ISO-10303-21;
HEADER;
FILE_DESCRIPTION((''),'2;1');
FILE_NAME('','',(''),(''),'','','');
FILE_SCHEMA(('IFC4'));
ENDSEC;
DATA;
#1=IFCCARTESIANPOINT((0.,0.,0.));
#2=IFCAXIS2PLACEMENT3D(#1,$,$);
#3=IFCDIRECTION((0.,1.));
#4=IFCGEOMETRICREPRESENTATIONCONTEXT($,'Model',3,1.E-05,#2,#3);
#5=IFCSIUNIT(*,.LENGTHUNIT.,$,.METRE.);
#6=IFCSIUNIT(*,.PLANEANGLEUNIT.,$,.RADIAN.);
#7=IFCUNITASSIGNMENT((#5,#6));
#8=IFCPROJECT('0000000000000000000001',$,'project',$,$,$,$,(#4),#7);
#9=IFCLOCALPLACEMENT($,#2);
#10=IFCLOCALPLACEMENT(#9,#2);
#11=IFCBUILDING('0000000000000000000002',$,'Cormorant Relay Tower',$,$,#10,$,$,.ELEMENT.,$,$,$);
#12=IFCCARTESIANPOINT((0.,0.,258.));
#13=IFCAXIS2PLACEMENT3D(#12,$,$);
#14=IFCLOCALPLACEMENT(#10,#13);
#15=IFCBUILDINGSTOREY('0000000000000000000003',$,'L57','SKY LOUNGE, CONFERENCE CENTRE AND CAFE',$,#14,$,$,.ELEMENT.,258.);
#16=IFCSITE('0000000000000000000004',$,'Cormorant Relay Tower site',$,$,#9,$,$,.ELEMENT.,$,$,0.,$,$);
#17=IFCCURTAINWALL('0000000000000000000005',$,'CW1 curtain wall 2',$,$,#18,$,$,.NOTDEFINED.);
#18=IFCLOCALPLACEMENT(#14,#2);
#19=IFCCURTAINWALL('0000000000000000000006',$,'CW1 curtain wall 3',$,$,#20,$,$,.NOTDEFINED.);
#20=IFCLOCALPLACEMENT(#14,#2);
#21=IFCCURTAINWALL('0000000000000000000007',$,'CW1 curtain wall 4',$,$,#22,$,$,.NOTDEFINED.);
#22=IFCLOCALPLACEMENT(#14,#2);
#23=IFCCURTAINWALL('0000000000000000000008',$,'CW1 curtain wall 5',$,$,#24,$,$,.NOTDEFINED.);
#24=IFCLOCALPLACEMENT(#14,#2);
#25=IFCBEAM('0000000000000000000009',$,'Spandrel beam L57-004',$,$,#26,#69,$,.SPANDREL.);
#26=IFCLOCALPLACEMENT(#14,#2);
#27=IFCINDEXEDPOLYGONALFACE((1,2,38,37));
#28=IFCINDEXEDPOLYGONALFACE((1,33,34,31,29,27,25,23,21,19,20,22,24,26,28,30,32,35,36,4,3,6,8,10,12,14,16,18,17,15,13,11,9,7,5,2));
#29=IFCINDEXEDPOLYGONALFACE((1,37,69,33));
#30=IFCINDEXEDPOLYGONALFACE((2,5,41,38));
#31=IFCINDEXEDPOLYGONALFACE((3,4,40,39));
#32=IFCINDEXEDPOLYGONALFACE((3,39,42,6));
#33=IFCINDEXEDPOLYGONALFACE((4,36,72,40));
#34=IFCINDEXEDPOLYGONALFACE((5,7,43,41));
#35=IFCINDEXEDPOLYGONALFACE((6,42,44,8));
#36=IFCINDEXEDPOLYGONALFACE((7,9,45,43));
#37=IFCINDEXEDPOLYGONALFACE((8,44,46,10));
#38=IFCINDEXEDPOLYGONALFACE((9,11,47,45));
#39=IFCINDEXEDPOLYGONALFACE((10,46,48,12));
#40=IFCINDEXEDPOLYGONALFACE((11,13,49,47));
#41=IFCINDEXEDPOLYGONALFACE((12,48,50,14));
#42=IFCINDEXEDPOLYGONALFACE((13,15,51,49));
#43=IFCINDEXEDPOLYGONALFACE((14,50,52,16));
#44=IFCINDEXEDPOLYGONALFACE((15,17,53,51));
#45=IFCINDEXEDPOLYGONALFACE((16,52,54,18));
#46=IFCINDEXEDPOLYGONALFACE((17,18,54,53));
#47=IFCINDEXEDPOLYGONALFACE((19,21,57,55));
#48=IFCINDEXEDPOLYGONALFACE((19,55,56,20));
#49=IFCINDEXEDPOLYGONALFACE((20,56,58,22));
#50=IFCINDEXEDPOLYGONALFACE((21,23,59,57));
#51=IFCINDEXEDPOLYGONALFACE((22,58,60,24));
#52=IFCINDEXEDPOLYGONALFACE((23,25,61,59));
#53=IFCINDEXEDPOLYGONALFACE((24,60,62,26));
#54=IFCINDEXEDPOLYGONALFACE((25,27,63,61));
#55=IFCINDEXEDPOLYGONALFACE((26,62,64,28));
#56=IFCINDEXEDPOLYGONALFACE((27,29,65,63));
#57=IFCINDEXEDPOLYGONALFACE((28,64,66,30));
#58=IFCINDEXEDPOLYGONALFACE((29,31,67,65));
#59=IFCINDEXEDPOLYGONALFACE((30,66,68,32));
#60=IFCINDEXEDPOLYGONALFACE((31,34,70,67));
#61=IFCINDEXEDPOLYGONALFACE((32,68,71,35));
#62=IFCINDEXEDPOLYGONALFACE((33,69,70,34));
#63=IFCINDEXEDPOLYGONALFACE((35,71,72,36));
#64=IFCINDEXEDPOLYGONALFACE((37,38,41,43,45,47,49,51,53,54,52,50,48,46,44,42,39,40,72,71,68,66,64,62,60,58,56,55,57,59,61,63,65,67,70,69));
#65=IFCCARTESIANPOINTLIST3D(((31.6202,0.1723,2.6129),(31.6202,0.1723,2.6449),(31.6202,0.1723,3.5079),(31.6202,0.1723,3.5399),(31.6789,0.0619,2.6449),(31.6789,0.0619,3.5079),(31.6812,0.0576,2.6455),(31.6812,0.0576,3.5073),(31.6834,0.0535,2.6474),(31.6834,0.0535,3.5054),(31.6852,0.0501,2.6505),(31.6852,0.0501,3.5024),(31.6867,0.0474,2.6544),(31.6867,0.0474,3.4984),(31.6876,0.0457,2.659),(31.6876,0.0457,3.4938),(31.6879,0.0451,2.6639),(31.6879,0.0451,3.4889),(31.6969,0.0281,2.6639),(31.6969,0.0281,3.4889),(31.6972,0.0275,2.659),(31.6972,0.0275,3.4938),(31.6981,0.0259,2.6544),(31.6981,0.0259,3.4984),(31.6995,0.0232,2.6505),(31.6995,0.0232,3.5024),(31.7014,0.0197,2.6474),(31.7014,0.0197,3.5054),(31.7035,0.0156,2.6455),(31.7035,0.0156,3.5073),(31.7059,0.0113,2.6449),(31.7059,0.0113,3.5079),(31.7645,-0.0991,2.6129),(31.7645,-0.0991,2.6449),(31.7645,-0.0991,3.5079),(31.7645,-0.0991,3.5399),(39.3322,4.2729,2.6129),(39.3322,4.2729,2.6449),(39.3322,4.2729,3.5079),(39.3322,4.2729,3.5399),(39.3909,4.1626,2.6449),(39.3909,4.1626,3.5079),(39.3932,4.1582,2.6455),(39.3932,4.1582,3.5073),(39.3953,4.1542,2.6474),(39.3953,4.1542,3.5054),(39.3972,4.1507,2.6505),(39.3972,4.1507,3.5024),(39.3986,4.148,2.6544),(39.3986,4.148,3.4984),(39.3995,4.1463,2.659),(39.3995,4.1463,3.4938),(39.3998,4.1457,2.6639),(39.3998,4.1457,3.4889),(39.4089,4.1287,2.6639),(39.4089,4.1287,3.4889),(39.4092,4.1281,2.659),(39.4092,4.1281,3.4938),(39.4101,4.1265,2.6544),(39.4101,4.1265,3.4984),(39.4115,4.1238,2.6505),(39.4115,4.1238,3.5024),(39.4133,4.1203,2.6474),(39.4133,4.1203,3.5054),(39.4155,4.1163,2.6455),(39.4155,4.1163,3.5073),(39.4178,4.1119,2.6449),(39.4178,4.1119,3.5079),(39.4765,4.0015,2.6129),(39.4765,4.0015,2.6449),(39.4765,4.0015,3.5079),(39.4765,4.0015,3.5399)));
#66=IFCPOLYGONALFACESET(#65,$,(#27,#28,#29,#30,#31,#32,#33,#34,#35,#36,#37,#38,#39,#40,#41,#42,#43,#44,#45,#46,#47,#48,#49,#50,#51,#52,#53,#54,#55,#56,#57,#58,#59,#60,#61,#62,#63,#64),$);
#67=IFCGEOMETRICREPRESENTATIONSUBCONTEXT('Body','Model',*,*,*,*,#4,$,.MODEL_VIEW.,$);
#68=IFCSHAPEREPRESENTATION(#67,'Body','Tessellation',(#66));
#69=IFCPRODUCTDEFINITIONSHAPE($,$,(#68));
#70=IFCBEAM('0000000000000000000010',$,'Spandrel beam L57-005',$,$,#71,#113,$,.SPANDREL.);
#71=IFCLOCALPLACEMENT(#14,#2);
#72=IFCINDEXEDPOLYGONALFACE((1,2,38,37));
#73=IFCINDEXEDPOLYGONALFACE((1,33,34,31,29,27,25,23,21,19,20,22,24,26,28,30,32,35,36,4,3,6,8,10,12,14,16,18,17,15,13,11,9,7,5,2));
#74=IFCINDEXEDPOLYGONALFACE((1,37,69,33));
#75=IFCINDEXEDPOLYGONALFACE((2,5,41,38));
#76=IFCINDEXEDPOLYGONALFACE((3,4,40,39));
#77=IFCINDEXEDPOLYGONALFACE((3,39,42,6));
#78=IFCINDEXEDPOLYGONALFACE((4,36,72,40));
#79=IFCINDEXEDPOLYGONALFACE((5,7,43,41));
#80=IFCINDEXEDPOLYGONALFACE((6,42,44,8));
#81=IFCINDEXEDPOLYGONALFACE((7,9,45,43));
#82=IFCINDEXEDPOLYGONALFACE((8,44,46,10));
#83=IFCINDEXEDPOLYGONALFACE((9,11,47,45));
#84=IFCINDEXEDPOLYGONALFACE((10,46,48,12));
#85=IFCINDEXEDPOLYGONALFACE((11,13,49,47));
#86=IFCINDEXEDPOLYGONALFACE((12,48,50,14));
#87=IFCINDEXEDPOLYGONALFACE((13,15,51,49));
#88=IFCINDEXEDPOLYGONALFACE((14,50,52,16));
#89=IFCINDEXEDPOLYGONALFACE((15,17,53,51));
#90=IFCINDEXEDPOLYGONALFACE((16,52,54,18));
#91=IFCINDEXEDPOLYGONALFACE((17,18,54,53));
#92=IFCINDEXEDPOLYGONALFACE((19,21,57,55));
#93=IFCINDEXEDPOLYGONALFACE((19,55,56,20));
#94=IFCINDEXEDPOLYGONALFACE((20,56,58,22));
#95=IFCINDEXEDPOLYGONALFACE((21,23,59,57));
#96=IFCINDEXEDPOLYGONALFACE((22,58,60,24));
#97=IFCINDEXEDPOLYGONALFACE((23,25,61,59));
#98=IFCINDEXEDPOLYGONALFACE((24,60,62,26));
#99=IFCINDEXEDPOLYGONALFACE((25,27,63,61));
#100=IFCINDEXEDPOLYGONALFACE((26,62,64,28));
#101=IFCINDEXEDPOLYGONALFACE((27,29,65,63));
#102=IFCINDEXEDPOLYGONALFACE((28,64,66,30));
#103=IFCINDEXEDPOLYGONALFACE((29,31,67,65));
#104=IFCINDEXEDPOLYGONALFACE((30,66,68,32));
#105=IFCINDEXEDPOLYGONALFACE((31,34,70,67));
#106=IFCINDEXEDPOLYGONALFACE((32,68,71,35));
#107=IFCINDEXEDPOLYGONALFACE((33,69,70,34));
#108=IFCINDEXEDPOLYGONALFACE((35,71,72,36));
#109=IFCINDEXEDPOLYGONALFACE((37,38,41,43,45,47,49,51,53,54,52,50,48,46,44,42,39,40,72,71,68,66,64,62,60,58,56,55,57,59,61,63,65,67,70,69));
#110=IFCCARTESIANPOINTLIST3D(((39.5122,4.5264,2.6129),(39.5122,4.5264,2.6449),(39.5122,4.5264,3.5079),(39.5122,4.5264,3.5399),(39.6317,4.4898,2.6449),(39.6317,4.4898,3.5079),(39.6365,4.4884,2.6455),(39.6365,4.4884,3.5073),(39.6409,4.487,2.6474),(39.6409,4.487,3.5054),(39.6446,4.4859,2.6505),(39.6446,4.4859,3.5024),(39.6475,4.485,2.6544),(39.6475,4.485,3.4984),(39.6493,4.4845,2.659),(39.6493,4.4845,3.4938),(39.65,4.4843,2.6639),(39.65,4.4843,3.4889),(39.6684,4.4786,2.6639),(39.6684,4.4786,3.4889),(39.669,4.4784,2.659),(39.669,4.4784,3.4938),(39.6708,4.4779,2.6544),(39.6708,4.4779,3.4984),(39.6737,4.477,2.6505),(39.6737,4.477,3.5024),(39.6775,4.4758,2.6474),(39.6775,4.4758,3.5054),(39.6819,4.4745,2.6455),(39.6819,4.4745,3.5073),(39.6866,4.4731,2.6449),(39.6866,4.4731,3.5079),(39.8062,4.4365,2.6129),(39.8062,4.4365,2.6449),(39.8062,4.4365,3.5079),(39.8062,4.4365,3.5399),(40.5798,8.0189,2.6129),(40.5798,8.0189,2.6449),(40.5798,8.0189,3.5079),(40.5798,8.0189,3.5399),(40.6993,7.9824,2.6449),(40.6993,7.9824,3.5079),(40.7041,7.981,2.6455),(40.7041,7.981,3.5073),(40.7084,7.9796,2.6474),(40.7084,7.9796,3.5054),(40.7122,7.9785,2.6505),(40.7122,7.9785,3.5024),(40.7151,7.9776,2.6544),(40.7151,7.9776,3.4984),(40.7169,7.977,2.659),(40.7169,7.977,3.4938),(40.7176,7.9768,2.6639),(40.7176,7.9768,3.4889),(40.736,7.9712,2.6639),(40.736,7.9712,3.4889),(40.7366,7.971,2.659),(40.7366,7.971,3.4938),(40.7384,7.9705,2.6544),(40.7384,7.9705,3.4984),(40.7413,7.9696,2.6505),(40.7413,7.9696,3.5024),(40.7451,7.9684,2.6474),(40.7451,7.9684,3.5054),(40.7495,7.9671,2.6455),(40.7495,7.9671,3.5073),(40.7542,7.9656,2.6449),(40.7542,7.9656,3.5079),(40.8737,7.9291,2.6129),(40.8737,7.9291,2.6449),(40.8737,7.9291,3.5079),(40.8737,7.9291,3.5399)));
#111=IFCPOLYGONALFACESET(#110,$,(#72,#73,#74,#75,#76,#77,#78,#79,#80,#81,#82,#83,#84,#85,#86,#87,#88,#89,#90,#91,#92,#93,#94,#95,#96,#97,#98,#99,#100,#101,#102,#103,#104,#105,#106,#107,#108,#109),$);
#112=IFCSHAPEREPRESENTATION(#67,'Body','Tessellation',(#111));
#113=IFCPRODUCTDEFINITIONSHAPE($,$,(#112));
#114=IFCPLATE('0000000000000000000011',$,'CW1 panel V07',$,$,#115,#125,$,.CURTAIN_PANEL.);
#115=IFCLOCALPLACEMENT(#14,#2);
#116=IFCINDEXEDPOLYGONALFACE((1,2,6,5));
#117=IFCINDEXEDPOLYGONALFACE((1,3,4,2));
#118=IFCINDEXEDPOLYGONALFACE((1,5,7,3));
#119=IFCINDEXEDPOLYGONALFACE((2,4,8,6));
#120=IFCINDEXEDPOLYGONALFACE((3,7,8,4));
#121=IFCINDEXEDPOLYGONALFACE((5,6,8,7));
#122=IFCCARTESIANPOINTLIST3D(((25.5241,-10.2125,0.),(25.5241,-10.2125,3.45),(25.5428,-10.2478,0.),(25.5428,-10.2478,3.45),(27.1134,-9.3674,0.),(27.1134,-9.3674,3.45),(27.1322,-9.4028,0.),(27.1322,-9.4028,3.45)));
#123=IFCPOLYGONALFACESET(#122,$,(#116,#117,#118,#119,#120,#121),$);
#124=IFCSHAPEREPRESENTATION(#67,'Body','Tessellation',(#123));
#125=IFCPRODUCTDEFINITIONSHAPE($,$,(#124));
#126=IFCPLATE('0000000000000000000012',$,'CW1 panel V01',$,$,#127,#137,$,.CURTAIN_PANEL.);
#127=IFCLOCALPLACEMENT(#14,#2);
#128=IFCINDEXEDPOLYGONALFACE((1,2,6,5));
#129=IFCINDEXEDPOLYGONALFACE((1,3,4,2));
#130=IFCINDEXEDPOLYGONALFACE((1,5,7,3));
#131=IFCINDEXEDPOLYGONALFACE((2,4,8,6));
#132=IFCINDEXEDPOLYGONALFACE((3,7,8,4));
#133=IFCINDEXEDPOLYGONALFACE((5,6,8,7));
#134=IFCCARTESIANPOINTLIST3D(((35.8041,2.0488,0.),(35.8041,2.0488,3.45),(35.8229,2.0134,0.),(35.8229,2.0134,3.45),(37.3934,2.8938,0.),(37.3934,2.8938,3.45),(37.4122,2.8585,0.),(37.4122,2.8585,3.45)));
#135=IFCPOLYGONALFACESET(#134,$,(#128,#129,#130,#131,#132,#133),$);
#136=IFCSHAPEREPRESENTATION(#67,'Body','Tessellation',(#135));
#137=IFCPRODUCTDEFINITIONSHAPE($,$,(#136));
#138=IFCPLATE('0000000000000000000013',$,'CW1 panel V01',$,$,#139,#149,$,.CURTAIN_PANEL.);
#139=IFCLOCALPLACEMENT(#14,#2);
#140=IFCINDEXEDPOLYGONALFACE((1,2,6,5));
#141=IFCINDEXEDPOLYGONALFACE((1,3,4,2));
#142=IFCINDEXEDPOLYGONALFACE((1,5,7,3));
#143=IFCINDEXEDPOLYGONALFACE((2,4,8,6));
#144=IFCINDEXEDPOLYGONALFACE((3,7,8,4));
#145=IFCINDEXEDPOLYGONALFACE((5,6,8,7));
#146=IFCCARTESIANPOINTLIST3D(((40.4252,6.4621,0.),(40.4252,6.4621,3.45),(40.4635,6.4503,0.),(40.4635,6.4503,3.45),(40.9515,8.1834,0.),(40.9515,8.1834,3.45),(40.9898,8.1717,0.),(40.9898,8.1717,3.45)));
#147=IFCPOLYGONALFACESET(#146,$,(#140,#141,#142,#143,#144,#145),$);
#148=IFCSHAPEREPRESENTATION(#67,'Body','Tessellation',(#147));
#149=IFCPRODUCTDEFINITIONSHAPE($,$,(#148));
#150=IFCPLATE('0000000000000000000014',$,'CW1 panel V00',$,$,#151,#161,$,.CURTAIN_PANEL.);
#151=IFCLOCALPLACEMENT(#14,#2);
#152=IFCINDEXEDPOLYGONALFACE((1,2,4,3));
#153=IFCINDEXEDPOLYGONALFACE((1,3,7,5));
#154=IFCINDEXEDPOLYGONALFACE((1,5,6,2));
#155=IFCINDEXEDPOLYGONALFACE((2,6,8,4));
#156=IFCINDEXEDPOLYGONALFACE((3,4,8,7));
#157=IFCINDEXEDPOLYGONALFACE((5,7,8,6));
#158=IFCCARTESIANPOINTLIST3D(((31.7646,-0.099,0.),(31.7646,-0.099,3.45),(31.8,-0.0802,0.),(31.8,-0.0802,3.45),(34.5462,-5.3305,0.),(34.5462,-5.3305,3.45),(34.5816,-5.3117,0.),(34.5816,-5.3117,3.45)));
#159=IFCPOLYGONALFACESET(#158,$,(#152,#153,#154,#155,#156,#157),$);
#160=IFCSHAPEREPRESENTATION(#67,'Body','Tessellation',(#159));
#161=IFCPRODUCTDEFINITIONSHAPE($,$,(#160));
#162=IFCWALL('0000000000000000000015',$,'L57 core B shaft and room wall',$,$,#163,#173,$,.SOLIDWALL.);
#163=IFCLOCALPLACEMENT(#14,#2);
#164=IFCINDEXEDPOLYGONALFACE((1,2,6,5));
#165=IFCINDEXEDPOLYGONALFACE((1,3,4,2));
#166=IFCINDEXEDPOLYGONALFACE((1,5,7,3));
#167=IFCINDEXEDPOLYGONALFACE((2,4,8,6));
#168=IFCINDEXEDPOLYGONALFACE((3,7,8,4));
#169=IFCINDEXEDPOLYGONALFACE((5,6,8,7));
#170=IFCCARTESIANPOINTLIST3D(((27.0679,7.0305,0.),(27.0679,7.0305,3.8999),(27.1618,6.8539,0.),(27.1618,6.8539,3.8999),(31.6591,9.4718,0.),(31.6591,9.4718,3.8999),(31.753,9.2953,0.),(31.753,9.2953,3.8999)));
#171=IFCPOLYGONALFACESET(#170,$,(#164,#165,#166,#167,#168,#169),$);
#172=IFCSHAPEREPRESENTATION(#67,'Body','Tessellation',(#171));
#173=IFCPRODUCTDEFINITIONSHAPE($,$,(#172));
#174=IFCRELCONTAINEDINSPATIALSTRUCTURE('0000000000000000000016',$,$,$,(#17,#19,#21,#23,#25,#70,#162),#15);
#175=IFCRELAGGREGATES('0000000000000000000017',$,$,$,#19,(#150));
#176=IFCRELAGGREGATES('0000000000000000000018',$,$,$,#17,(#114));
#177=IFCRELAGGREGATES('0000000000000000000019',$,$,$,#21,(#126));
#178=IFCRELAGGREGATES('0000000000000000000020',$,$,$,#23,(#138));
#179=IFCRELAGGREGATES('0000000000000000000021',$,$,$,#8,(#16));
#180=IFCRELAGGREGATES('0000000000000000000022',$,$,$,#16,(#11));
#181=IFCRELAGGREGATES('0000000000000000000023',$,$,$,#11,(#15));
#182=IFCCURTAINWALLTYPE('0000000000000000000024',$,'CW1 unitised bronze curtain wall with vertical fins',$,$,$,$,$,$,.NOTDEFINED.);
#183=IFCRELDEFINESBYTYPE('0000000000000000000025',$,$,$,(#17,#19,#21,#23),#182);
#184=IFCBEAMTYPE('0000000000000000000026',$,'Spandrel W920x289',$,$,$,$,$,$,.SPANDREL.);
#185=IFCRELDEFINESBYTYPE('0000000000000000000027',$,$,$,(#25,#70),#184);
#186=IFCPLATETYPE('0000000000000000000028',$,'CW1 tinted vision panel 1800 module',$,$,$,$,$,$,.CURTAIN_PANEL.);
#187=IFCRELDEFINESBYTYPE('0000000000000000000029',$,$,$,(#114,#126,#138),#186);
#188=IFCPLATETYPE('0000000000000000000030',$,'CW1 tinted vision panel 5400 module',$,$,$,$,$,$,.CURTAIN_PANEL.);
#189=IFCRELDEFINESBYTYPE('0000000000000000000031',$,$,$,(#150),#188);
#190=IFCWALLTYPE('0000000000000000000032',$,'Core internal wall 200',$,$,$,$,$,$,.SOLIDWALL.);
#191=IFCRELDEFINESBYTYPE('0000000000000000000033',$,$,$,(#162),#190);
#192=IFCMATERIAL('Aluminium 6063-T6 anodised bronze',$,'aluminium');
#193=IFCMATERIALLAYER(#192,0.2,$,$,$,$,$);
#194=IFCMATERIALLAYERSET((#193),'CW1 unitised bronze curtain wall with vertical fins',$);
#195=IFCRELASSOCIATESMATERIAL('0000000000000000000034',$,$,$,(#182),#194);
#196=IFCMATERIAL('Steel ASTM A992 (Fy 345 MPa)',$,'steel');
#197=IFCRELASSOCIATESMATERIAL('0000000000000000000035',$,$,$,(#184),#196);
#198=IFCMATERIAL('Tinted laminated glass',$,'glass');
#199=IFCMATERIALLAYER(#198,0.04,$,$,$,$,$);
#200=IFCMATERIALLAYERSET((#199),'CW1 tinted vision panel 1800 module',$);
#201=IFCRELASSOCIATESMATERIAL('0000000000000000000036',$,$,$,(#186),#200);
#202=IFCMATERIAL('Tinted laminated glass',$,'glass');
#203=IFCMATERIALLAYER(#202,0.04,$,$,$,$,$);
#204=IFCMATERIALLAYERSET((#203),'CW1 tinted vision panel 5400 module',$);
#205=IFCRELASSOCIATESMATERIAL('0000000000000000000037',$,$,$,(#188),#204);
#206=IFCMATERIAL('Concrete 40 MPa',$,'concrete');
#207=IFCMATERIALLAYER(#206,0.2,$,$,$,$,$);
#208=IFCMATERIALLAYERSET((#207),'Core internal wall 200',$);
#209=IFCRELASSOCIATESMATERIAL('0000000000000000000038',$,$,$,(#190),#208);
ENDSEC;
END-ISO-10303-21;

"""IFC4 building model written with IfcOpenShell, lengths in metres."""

from ifc_helpers import new_model, si_unit, direction, frame, frame_2d, origin, origin_2d, place, context, subcontext, project, spatial, rectangle, i_section, extrude, material, layer, layer_set, material_profile, profile_set, type_object, element, aggregate, save


model = new_model("IFC4")

# Units and contexts
model_context = context("Model", 3, precision=1e-05, world=origin(), true_north=direction((0.0, 1.0)))
body_context = subcontext(model_context, "Body", "Model", "MODEL_VIEW")
ifc_project = project(units=[si_unit("LENGTHUNIT", "METRE"), si_unit("PLANEANGLEUNIT", "RADIAN")], contexts=[model_context])

# Site, building, storey
site_placement = place(None, origin())
site = spatial("IfcSite", under=ifc_project, at=site_placement, Name="Cormorant Relay Tower site", CompositionType="ELEMENT", RefElevation=0.0)
building_placement = place(site_placement, origin())
building = spatial("IfcBuilding", under=site, at=building_placement, Name="Cormorant Relay Tower", CompositionType="ELEMENT")
storey_placement = place(building_placement, frame((0.0, 0.0, 258.0)))
storey = spatial("IfcBuildingStorey", under=building, at=storey_placement, Name="L57", Description="SKY LOUNGE, CONFERENCE CENTRE AND CAFE", CompositionType="ELEMENT", Elevation=258.0)

# Curtain walls
ifc_material_1 = material(Name="Aluminium 6063-T6 anodised bronze", Category="aluminium")
ifc_layer_1 = layer(ifc_material_1, 0.2)
ifc_layer_set_1 = layer_set([ifc_layer_1], Name="CW1 unitised bronze curtain wall with vertical fins")
curtain_wall_type = type_object("IfcCurtainWallType", Name="CW1 unitised bronze curtain wall with vertical fins", PredefinedType="NOTDEFINED", material=ifc_layer_set_1)
curtain_wall_1_placement = place(storey_placement, origin())
curtain_wall_1 = element("IfcCurtainWall", 1, at=curtain_wall_1_placement, inside=storey, type_object=curtain_wall_type, Name="CW1 curtain wall 2", PredefinedType="NOTDEFINED")
curtain_wall_2_placement = place(storey_placement, origin())
curtain_wall_2 = element("IfcCurtainWall", 2, at=curtain_wall_2_placement, inside=storey, type_object=curtain_wall_type, Name="CW1 curtain wall 3", PredefinedType="NOTDEFINED")

# Curtain wall
curtain_wall_3_placement = place(storey_placement, origin())
curtain_wall_3 = element("IfcCurtainWall", 3, at=curtain_wall_3_placement, inside=storey, type_object=curtain_wall_type, Name="CW1 curtain wall 4", PredefinedType="NOTDEFINED")

# Curtain wall
curtain_wall_4_placement = place(storey_placement, origin())
curtain_wall_4 = element("IfcCurtainWall", 4, at=curtain_wall_4_placement, inside=storey, type_object=curtain_wall_type, Name="CW1 curtain wall 5", PredefinedType="NOTDEFINED")

# Beams
ifc_material_2 = material(Name="Steel ASTM A992 (Fy 345 MPa)", Category="steel")
ifc_material_profile_1 = material_profile(ifc_material_2, i_section(OverallWidth=0.3074, OverallDepth=0.927, WebThickness=0.0193, FlangeThickness=0.032, FilletRadius=0.019, at=origin_2d()), Name="W920x289")
ifc_profile_set_1 = profile_set([ifc_material_profile_1], Name="Steel ASTM A992 (Fy 345 MPa)")
beam_type = type_object("IfcBeamType", Name="Spandrel W920x289", PredefinedType="SPANDREL", material=ifc_profile_set_1)
beam_1_placement = place(storey_placement, frame((31.6924, 0.0366, 3.0764), z_axis=(0.882943, 0.469479, 0.0), x_axis=(-0.469479, 0.882943, 0.0)))
element("IfcBeam", 5, at=beam_1_placement, inside=storey, type_object=beam_type, Name="Spandrel beam L57-004", PredefinedType="SPANDREL", context=body_context, shape_type="SweptSolid", body=[
    extrude(i_section(OverallWidth=0.3074, OverallDepth=0.927, WebThickness=0.0193, FlangeThickness=0.032, FilletRadius=0.019, at=origin_2d()), origin(), (0.0, 0.0, 1.0), 8.7344),
])
beam_2_placement = place(storey_placement, frame((39.6592, 4.4814, 3.0764), z_axis=(0.292324, 0.956319, 0.0), x_axis=(-0.956319, 0.292324, 0.0)))
element("IfcBeam", 6, at=beam_2_placement, inside=storey, type_object=beam_type, Name="Spandrel beam L57-005", PredefinedType="SPANDREL", context=body_context, shape_type="SweptSolid", body=[
    extrude(i_section(OverallWidth=0.3074, OverallDepth=0.927, WebThickness=0.0193, FlangeThickness=0.032, FilletRadius=0.019, at=origin_2d()), origin(), (0.0, 0.0, 1.0), 3.6521),
])

# Plates
ifc_material_3 = material(Name="Tinted laminated glass", Category="glass")
ifc_layer_2 = layer(ifc_material_3, 0.04)
ifc_layer_set_2 = layer_set([ifc_layer_2], Name="CW1 tinted vision panel 1800 module")
plate_type_1 = type_object("IfcPlateType", Name="CW1 tinted vision panel 1800 module", PredefinedType="CURTAIN_PANEL", material=ifc_layer_set_2)
plate_1_placement = place(storey_placement, frame((26.3281, -9.8076, 0.0), z_axis=(0.0, 0.0, 1.0), x_axis=(0.882948, 0.469472, 0.0)))
plate_1 = element("IfcPlate", 7, at=plate_1_placement, type_object=plate_type_1, Name="CW1 panel V07", PredefinedType="CURTAIN_PANEL", context=body_context, shape_type="SweptSolid", body=[
    extrude(rectangle(XDim=1.8, YDim=0.04, at=origin_2d()), origin(), (0.0, 0.0, 1.0), 3.45),
])
plate_2_placement = place(storey_placement, frame((36.6082, 2.4536, 0.0), z_axis=(0.0, 0.0, 1.0), x_axis=(0.882948, 0.469472, 0.0)))
plate_2 = element("IfcPlate", 8, at=plate_2_placement, type_object=plate_type_1, Name="CW1 panel V01", PredefinedType="CURTAIN_PANEL", context=body_context, shape_type="SweptSolid", body=[
    extrude(rectangle(XDim=1.8, YDim=0.04, at=origin_2d()), origin(), (0.0, 0.0, 1.0), 3.45),
])
plate_3_placement = place(storey_placement, frame((40.7075, 7.3169, 0.0), z_axis=(0.0, 0.0, 1.0), x_axis=(0.292372, 0.956305, 0.0)))
plate_3 = element("IfcPlate", 9, at=plate_3_placement, type_object=plate_type_1, Name="CW1 panel V01", PredefinedType="CURTAIN_PANEL", context=body_context, shape_type="SweptSolid", body=[
    extrude(rectangle(XDim=1.8, YDim=0.04, at=origin_2d()), origin(), (0.0, 0.0, 1.0), 3.45),
])
ifc_material_4 = material(Name="Tinted laminated glass", Category="glass")
ifc_layer_3 = layer(ifc_material_4, 0.04)
ifc_layer_set_3 = layer_set([ifc_layer_3], Name="CW1 tinted vision panel 5400 module")
plate_type_2 = type_object("IfcPlateType", Name="CW1 tinted vision panel 5400 module", PredefinedType="CURTAIN_PANEL", material=ifc_layer_set_3)
plate_4_placement = place(storey_placement, frame((33.1731, -2.7053, 0.0), z_axis=(0.0, 0.0, 1.0), x_axis=(-0.469472, 0.882948, 0.0)))
plate_4 = element("IfcPlate", 10, at=plate_4_placement, type_object=plate_type_2, Name="CW1 panel V00", PredefinedType="CURTAIN_PANEL", context=body_context, shape_type="SweptSolid", body=[
    extrude(rectangle(XDim=5.925, YDim=0.04, at=origin_2d()), origin(), (0.0, 0.0, 1.0), 3.45),
])
aggregate(curtain_wall_2, [plate_4])

# Wall
ifc_material_5 = material(Name="Concrete 40 MPa", Category="concrete")
ifc_layer_4 = layer(ifc_material_5, 0.2)
ifc_layer_set_4 = layer_set([ifc_layer_4], Name="Core internal wall 200")
wall_type_1 = type_object("IfcWallType", Name="Core internal wall 200", PredefinedType="SOLIDWALL", material=ifc_layer_set_4)
wall_1_placement = place(storey_placement, frame((27.1147, 6.9421, 0.0), z_axis=(0.0, 0.0, 1.0), x_axis=(0.882935, 0.469496, 0.0)))
element("IfcWall", 11, at=wall_1_placement, inside=storey, type_object=wall_type_1, Name="L57 core B shaft and room wall", PredefinedType="SOLIDWALL", context=body_context, shape_type="SweptSolid", body=[
    extrude(rectangle(XDim=5.2, YDim=0.2, at=frame_2d((2.6001, 0.0))), origin(), (0.0, 0.0, 1.0), 3.8999),
])

aggregate(curtain_wall_1, [plate_1])
aggregate(curtain_wall_3, [plate_2])
aggregate(curtain_wall_4, [plate_3])

save(model, "model.ifc")
